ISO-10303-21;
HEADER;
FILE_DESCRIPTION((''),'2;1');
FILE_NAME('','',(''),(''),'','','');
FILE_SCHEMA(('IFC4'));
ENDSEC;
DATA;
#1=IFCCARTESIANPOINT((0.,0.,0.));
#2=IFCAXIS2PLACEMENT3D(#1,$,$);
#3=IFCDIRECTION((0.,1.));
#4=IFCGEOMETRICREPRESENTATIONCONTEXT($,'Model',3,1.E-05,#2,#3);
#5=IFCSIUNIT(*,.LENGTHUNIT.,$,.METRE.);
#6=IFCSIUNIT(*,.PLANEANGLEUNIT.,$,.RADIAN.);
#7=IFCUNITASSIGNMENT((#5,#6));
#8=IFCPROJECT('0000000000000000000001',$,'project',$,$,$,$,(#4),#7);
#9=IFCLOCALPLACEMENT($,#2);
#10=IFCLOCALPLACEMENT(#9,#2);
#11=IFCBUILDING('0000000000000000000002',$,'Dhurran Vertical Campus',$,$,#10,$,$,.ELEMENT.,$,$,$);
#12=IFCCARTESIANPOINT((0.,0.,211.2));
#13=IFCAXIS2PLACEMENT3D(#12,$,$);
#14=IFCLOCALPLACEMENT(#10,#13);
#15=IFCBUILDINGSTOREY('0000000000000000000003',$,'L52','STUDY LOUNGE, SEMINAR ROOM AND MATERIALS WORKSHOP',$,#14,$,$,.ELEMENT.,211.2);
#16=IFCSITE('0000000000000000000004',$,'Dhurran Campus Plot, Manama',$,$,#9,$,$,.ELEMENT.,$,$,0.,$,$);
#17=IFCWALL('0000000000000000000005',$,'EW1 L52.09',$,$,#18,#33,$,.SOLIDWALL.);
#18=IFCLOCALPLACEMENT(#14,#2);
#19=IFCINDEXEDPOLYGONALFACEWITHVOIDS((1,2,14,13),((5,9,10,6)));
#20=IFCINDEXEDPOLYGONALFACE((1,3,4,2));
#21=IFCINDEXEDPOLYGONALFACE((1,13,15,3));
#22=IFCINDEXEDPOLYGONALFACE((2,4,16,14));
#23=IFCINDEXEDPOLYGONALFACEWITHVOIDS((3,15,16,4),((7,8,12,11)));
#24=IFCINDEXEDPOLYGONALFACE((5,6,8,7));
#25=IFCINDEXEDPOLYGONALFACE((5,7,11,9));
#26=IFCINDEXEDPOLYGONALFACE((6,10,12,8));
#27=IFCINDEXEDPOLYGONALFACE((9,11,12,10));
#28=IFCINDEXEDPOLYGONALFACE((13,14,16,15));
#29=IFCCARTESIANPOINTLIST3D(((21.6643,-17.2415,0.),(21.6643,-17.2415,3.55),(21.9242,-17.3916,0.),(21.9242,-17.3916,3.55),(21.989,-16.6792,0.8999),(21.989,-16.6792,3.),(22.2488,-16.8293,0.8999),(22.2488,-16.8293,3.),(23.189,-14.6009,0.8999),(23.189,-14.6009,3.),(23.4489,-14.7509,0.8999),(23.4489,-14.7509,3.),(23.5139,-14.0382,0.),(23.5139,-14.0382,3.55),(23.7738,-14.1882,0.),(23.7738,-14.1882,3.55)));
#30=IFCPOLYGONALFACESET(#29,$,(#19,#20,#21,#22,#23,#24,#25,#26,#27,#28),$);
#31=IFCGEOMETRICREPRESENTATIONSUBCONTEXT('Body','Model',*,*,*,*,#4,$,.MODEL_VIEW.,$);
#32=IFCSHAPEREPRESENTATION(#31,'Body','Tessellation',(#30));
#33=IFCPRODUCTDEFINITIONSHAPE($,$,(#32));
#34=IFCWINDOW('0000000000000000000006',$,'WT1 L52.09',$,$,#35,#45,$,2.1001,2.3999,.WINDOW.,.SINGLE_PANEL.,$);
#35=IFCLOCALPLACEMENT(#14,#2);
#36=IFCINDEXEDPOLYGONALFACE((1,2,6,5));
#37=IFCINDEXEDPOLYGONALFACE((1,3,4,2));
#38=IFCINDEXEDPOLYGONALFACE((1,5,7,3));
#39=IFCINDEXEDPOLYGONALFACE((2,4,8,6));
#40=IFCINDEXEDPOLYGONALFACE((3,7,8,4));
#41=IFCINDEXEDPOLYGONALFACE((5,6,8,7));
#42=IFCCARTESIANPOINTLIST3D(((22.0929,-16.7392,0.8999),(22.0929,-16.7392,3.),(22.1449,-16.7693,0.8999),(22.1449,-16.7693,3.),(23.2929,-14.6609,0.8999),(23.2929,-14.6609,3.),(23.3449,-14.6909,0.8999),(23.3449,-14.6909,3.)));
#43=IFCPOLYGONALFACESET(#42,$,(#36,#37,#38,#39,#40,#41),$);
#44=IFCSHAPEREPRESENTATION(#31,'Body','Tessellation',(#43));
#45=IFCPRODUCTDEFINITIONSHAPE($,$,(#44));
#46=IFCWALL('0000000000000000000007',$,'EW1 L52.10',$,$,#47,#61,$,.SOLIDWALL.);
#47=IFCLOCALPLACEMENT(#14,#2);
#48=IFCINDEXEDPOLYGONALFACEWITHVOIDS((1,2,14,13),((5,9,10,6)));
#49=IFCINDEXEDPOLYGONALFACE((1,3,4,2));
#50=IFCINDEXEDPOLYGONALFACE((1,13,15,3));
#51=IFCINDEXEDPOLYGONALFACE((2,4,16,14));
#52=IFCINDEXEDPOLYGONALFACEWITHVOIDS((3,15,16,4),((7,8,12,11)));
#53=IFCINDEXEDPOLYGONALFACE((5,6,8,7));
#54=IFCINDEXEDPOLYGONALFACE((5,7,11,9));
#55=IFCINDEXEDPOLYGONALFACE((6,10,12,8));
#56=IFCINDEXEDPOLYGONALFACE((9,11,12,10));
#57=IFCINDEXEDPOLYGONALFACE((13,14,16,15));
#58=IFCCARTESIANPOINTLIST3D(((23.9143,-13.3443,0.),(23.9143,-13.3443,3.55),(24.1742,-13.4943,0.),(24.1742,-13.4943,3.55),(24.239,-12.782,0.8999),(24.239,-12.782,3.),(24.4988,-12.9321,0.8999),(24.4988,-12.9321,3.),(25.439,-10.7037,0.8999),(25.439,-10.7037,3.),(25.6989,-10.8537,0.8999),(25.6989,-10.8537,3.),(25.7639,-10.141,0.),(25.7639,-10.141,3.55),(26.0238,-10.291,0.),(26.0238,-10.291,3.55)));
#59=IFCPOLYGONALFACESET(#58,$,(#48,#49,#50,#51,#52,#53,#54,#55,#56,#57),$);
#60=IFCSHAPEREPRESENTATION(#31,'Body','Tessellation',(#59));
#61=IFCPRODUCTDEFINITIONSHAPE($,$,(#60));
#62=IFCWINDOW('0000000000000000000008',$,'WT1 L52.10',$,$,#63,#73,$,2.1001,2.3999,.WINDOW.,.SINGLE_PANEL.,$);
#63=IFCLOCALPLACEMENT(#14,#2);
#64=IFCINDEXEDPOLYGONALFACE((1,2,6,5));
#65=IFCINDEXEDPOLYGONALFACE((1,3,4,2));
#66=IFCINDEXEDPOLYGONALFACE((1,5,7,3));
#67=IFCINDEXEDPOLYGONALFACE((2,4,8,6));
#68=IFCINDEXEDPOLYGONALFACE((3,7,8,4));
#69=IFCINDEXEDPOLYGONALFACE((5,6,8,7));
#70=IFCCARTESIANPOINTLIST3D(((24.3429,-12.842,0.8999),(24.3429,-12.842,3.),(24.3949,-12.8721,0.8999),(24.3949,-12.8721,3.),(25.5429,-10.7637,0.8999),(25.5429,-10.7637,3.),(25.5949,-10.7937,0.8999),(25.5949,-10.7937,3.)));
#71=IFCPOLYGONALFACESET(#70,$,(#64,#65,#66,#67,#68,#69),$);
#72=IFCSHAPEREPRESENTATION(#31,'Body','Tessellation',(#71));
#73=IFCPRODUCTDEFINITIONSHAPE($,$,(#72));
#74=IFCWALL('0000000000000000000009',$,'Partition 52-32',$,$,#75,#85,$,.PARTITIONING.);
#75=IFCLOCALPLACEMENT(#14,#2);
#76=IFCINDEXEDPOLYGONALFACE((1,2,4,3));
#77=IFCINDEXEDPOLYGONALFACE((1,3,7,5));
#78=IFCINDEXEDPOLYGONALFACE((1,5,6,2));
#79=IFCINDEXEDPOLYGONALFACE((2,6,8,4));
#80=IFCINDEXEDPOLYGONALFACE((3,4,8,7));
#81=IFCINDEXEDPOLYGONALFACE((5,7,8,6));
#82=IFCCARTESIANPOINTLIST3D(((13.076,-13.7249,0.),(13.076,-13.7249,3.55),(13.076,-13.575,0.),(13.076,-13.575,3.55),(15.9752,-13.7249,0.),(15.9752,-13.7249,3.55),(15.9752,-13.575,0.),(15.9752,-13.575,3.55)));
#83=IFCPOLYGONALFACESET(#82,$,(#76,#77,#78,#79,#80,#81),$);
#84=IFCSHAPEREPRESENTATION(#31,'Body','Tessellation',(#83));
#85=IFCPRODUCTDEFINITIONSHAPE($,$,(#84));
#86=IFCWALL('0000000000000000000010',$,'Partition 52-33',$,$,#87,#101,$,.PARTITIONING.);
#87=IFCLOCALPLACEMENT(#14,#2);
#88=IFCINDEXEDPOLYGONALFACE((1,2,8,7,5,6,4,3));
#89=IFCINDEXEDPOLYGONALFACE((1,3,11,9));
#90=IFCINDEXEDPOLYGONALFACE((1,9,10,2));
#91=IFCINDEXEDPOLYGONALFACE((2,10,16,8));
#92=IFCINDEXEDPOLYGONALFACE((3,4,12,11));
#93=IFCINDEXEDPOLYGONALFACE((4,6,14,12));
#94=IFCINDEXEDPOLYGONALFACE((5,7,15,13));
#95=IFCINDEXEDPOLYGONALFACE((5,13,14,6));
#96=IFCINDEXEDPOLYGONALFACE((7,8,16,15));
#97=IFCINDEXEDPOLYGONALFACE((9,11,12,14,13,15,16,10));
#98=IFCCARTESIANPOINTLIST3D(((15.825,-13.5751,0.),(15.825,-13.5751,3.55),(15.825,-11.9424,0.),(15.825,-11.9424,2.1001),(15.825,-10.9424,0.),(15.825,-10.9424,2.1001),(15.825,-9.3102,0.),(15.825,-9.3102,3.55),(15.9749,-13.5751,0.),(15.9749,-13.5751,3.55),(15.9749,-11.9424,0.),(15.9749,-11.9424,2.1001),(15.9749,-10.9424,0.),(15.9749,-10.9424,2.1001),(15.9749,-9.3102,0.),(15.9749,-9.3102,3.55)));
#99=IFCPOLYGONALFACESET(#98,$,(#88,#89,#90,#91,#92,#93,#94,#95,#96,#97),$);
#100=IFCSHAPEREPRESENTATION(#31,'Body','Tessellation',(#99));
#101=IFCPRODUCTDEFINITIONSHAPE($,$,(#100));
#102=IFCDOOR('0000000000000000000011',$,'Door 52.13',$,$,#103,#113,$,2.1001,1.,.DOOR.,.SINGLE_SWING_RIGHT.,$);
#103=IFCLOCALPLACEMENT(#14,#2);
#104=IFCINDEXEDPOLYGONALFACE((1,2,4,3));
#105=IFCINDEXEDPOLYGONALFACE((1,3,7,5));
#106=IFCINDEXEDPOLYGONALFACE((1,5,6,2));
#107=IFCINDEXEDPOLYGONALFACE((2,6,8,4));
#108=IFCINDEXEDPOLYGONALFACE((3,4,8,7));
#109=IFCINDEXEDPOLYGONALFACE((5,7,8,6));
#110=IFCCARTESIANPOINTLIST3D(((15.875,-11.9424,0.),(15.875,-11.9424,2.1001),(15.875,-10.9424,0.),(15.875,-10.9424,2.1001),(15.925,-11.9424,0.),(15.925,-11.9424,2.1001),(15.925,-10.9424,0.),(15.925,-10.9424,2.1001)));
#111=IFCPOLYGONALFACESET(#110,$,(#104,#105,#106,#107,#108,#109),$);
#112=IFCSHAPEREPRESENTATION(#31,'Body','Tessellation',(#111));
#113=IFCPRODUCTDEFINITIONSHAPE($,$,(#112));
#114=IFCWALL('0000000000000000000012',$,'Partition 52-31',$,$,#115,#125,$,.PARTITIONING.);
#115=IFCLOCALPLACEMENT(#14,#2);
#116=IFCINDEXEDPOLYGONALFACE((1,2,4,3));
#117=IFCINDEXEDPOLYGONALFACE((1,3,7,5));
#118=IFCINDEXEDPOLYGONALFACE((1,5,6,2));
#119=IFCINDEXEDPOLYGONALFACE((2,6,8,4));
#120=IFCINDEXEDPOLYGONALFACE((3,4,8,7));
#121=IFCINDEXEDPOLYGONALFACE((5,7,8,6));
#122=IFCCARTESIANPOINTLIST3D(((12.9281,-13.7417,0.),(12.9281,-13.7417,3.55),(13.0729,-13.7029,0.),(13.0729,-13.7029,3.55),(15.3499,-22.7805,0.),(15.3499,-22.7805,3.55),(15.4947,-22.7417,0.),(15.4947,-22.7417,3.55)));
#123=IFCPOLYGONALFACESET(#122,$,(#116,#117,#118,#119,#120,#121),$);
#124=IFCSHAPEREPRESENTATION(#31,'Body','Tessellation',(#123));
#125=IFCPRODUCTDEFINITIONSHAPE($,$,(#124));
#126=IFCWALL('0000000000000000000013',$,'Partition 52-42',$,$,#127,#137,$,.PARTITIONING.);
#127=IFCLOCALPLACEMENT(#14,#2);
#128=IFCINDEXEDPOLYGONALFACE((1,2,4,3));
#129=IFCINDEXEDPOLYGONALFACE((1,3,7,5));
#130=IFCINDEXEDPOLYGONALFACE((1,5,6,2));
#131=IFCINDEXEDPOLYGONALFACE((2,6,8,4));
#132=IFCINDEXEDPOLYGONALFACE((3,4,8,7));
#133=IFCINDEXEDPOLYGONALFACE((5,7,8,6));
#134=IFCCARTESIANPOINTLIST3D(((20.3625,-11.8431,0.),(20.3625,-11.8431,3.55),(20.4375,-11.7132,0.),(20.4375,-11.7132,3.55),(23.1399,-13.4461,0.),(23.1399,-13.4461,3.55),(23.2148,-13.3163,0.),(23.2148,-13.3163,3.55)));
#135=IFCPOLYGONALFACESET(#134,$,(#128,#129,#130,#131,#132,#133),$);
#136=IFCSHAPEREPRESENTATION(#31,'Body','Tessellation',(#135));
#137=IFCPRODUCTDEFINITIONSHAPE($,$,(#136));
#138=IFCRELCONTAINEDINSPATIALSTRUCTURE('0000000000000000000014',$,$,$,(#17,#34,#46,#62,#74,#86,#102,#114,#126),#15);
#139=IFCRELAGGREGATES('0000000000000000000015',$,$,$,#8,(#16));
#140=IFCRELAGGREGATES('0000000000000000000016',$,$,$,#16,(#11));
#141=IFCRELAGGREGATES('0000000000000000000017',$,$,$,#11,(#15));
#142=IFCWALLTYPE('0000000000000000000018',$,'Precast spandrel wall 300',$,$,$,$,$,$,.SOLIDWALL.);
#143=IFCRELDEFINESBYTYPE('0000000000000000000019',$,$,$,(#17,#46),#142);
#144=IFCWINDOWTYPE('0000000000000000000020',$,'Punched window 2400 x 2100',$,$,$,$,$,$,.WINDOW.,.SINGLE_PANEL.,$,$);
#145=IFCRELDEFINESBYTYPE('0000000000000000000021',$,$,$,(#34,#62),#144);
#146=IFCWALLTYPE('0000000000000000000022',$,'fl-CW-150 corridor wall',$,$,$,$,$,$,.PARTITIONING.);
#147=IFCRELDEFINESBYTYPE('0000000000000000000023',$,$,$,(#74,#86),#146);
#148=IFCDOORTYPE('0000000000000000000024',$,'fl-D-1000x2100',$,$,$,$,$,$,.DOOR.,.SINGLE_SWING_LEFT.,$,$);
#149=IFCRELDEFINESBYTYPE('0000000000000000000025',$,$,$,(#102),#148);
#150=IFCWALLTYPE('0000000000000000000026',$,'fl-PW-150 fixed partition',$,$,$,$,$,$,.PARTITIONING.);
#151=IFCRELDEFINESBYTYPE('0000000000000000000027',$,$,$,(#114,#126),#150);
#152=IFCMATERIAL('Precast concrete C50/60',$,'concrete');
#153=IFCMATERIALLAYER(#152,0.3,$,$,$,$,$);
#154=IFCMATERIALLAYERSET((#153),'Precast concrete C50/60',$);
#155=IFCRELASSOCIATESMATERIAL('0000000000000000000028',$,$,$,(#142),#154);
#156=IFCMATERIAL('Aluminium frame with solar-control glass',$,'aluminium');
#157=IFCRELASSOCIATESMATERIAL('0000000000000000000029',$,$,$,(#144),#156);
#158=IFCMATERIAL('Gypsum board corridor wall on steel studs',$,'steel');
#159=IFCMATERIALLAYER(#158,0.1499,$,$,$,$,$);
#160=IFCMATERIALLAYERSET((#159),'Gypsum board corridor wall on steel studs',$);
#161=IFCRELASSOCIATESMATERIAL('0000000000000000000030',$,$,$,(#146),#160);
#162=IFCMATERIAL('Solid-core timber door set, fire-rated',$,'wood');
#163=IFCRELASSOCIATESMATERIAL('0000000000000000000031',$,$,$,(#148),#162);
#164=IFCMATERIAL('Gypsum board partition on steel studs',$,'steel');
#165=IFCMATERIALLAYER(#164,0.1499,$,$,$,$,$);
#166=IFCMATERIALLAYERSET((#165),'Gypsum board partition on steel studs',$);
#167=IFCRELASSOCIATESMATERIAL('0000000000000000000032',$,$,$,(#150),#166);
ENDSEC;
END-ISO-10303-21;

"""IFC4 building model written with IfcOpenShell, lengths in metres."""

from ifc_helpers import new_model, si_unit, direction, frame, frame_2d, origin, place, context, subcontext, project, spatial, rectangle, extrude, material, layer, layer_set, type_object, element, fill, save


model = new_model("IFC4")

# Units and contexts
model_context = context("Model", 3, precision=1e-05, world=origin(), true_north=direction((0.0, 1.0)))
body_context = subcontext(model_context, "Body", "Model", "MODEL_VIEW")
ifc_project = project(units=[si_unit("LENGTHUNIT", "METRE"), si_unit("PLANEANGLEUNIT", "RADIAN")], contexts=[model_context])

# Site, building, storey
site_placement = place(None, origin())
site = spatial("IfcSite", under=ifc_project, at=site_placement, Name="Dhurran Campus Plot, Manama", CompositionType="ELEMENT", RefElevation=0.0)
building_placement = place(site_placement, origin())
building = spatial("IfcBuilding", under=site, at=building_placement, Name="Dhurran Vertical Campus", CompositionType="ELEMENT")
storey_placement = place(building_placement, frame((0.0, 0.0, 211.2)))
storey = spatial("IfcBuildingStorey", under=building, at=storey_placement, Name="L52", Description="STUDY LOUNGE, SEMINAR ROOM AND MATERIALS WORKSHOP", CompositionType="ELEMENT", Elevation=211.2)

# Walls, openings, windows
ifc_material_1 = material(Name="Precast concrete C50/60", Category="concrete")
ifc_layer_1 = layer(ifc_material_1, 0.3)
ifc_layer_set_1 = layer_set([ifc_layer_1], Name="Precast concrete C50/60")
wall_type_1 = type_object("IfcWallType", Name="Precast spandrel wall 300", PredefinedType="SOLIDWALL", material=ifc_layer_set_1)
ifc_material_2 = material(Name="Aluminium frame with solar-control glass", Category="aluminium")
window_type = type_object("IfcWindowType", Name="Punched window 2400 x 2100", PartitioningType="SINGLE_PANEL", PredefinedType="WINDOW", material=ifc_material_2)
wall_1_placement = place(storey_placement, frame((21.7942, -17.3167, 0.0), z_axis=(0.0, 0.0, 1.0), x_axis=(0.500029, 0.866009, 0.0)))
wall_1 = element("IfcWall", 1, at=wall_1_placement, inside=storey, type_object=wall_type_1, Name="EW1 L52.09", PredefinedType="SOLIDWALL", context=body_context, shape_type="SweptSolid", body=[
    extrude(rectangle(XDim=3.699, YDim=0.3, at=frame_2d((1.8496, 0.0))), origin(), (0.0, 0.0, 1.0), 3.55),
])
opening_1_placement = place(wall_1_placement, frame((0.6494, 0.0, 0.8999)))
opening_1 = element("IfcOpeningElement", 2, at=opening_1_placement, cuts=wall_1, PredefinedType="OPENING", context=body_context, shape_type="SweptSolid", body=[
    extrude(rectangle(XDim=2.3999, YDim=2.1001, at=frame_2d((1.2, 1.05))), frame((0.0, 0.1599, 0.0), z_axis=(0.0, -1.0, 0.0), x_axis=(1.0, 0.0, 0.0)), (0.0, 0.0, 1.0), 0.3201),
])
window_1_placement = place(opening_1_placement, origin())
window_1 = element("IfcWindow", 3, at=window_1_placement, inside=storey, type_object=window_type, Name="WT1 L52.09", OverallHeight=2.1001, OverallWidth=2.3999, PartitioningType="SINGLE_PANEL", PredefinedType="WINDOW", context=body_context, shape_type="SweptSolid", body=[
    extrude(rectangle(XDim=2.3999, YDim=2.1001, at=frame_2d((1.2, 1.05))), frame((0.0, 0.03, 0.0), z_axis=(0.0, -1.0, 0.0), x_axis=(1.0, 0.0, 0.0)), (0.0, 0.0, 1.0), 0.0601),
])
fill(opening_1, window_1)
wall_2_placement = place(storey_placement, frame((24.0442, -13.4194, 0.0), z_axis=(0.0, 0.0, 1.0), x_axis=(0.500029, 0.866009, 0.0)))
wall_2 = element("IfcWall", 4, at=wall_2_placement, inside=storey, type_object=wall_type_1, Name="EW1 L52.10", PredefinedType="SOLIDWALL", context=body_context, shape_type="SweptSolid", body=[
    extrude(rectangle(XDim=3.699, YDim=0.3, at=frame_2d((1.8496, 0.0))), origin(), (0.0, 0.0, 1.0), 3.55),
])
opening_2_placement = place(wall_2_placement, frame((0.6494, 0.0, 0.8999)))
opening_2 = element("IfcOpeningElement", 5, at=opening_2_placement, cuts=wall_2, PredefinedType="OPENING", context=body_context, shape_type="SweptSolid", body=[
    extrude(rectangle(XDim=2.3999, YDim=2.1001, at=frame_2d((1.2, 1.05))), frame((0.0, 0.1599, 0.0), z_axis=(0.0, -1.0, 0.0), x_axis=(1.0, 0.0, 0.0)), (0.0, 0.0, 1.0), 0.3201),
])
window_2_placement = place(opening_2_placement, origin())
window_2 = element("IfcWindow", 6, at=window_2_placement, inside=storey, type_object=window_type, Name="WT1 L52.10", OverallHeight=2.1001, OverallWidth=2.3999, PartitioningType="SINGLE_PANEL", PredefinedType="WINDOW", context=body_context, shape_type="SweptSolid", body=[
    extrude(rectangle(XDim=2.3999, YDim=2.1001, at=frame_2d((1.2, 1.05))), frame((0.0, 0.03, 0.0), z_axis=(0.0, -1.0, 0.0), x_axis=(1.0, 0.0, 0.0)), (0.0, 0.0, 1.0), 0.0601),
])
fill(opening_2, window_2)

# Wall
ifc_material_3 = material(Name="Gypsum board corridor wall on steel studs", Category="steel")
ifc_layer_2 = layer(ifc_material_3, 0.1499)
ifc_layer_set_2 = layer_set([ifc_layer_2], Name="Gypsum board corridor wall on steel studs")
wall_type_2 = type_object("IfcWallType", Name="fl-CW-150 corridor wall", PredefinedType="PARTITIONING", material=ifc_layer_set_2)
wall_3_placement = place(storey_placement, frame((13.0759, -13.6499, 0.0), z_axis=(0.0, 0.0, 1.0), x_axis=(1.0, 0.0, 0.0)))
element("IfcWall", 7, at=wall_3_placement, inside=storey, type_object=wall_type_2, Name="Partition 52-32", PredefinedType="PARTITIONING", context=body_context, shape_type="SweptSolid", body=[
    extrude(rectangle(XDim=2.8992, YDim=0.1499, at=frame_2d((1.4497, 0.0))), origin(), (0.0, 0.0, 1.0), 3.55),
])

# Wall, opening, door
wall_4_placement = place(storey_placement, frame((15.8999, -13.575, 0.0), z_axis=(0.0, 0.0, 1.0), x_axis=(0.0, 1.0, 0.0)))
wall_4 = element("IfcWall", 8, at=wall_4_placement, inside=storey, type_object=wall_type_2, Name="Partition 52-33", PredefinedType="PARTITIONING", context=body_context, shape_type="SweptSolid", body=[
    extrude(rectangle(XDim=4.2649, YDim=0.1499, at=frame_2d((2.1323, 0.0))), origin(), (0.0, 0.0, 1.0), 3.55),
])
opening_3_placement = place(wall_4_placement, frame((1.6326, 0.0, 0.0)))
opening_3 = element("IfcOpeningElement", 9, at=opening_3_placement, cuts=wall_4, PredefinedType="OPENING", context=body_context, shape_type="SweptSolid", body=[
    extrude(rectangle(XDim=1.0, YDim=2.1001, at=frame_2d((0.5, 1.05))), frame((0.0, 0.085, 0.0), z_axis=(0.0, -1.0, 0.0), x_axis=(1.0, 0.0, 0.0)), (0.0, 0.0, 1.0), 0.1699),
])
ifc_material_4 = material(Name="Solid-core timber door set, fire-rated", Category="wood")
door_type = type_object("IfcDoorType", Name="fl-D-1000x2100", OperationType="SINGLE_SWING_LEFT", PredefinedType="DOOR", material=ifc_material_4)
door_placement = place(opening_3_placement, origin())
door = element("IfcDoor", 10, at=door_placement, inside=storey, type_object=door_type, Name="Door 52.13", OperationType="SINGLE_SWING_RIGHT", OverallHeight=2.1001, OverallWidth=1.0, PredefinedType="DOOR", context=body_context, shape_type="SweptSolid", body=[
    extrude(rectangle(XDim=1.0, YDim=2.1001, at=frame_2d((0.5, 1.05))), frame((0.0, 0.0249, 0.0), z_axis=(0.0, -1.0, 0.0), x_axis=(1.0, 0.0, 0.0)), (0.0, 0.0, 1.0), 0.05),
])
fill(opening_3, door)

# Walls
ifc_material_5 = material(Name="Gypsum board partition on steel studs", Category="steel")
ifc_layer_3 = layer(ifc_material_5, 0.1499)
ifc_layer_set_3 = layer_set([ifc_layer_3], Name="Gypsum board partition on steel studs")
wall_type_3 = type_object("IfcWallType", Name="fl-PW-150 fixed partition", PredefinedType="PARTITIONING", material=ifc_layer_set_3)
wall_5_placement = place(storey_placement, frame((13.0005, -13.7224, 0.0), z_axis=(0.0, 0.0, 1.0), x_axis=(0.258812, -0.965928, 0.0)))
element("IfcWall", 11, at=wall_5_placement, inside=storey, type_object=wall_type_3, Name="Partition 52-31", PredefinedType="PARTITIONING", context=body_context, shape_type="SweptSolid", body=[
    extrude(rectangle(XDim=9.3577, YDim=0.1499, at=frame_2d((4.6787, 0.0))), origin(), (0.0, 0.0, 1.0), 3.55),
])
wall_6_placement = place(storey_placement, frame((20.3999, -11.7781, 0.0), z_axis=(0.0, 0.0, 1.0), x_axis=(0.866089, -0.499889, 0.0)))
element("IfcWall", 12, at=wall_6_placement, inside=storey, type_object=wall_type_3, Name="Partition 52-42", PredefinedType="PARTITIONING", context=body_context, shape_type="SweptSolid", body=[
    extrude(rectangle(XDim=3.2068, YDim=0.1499, at=frame_2d((1.6035, 0.0))), origin(), (0.0, 0.0, 1.0), 3.55),
])

save(model, "model.ifc")
